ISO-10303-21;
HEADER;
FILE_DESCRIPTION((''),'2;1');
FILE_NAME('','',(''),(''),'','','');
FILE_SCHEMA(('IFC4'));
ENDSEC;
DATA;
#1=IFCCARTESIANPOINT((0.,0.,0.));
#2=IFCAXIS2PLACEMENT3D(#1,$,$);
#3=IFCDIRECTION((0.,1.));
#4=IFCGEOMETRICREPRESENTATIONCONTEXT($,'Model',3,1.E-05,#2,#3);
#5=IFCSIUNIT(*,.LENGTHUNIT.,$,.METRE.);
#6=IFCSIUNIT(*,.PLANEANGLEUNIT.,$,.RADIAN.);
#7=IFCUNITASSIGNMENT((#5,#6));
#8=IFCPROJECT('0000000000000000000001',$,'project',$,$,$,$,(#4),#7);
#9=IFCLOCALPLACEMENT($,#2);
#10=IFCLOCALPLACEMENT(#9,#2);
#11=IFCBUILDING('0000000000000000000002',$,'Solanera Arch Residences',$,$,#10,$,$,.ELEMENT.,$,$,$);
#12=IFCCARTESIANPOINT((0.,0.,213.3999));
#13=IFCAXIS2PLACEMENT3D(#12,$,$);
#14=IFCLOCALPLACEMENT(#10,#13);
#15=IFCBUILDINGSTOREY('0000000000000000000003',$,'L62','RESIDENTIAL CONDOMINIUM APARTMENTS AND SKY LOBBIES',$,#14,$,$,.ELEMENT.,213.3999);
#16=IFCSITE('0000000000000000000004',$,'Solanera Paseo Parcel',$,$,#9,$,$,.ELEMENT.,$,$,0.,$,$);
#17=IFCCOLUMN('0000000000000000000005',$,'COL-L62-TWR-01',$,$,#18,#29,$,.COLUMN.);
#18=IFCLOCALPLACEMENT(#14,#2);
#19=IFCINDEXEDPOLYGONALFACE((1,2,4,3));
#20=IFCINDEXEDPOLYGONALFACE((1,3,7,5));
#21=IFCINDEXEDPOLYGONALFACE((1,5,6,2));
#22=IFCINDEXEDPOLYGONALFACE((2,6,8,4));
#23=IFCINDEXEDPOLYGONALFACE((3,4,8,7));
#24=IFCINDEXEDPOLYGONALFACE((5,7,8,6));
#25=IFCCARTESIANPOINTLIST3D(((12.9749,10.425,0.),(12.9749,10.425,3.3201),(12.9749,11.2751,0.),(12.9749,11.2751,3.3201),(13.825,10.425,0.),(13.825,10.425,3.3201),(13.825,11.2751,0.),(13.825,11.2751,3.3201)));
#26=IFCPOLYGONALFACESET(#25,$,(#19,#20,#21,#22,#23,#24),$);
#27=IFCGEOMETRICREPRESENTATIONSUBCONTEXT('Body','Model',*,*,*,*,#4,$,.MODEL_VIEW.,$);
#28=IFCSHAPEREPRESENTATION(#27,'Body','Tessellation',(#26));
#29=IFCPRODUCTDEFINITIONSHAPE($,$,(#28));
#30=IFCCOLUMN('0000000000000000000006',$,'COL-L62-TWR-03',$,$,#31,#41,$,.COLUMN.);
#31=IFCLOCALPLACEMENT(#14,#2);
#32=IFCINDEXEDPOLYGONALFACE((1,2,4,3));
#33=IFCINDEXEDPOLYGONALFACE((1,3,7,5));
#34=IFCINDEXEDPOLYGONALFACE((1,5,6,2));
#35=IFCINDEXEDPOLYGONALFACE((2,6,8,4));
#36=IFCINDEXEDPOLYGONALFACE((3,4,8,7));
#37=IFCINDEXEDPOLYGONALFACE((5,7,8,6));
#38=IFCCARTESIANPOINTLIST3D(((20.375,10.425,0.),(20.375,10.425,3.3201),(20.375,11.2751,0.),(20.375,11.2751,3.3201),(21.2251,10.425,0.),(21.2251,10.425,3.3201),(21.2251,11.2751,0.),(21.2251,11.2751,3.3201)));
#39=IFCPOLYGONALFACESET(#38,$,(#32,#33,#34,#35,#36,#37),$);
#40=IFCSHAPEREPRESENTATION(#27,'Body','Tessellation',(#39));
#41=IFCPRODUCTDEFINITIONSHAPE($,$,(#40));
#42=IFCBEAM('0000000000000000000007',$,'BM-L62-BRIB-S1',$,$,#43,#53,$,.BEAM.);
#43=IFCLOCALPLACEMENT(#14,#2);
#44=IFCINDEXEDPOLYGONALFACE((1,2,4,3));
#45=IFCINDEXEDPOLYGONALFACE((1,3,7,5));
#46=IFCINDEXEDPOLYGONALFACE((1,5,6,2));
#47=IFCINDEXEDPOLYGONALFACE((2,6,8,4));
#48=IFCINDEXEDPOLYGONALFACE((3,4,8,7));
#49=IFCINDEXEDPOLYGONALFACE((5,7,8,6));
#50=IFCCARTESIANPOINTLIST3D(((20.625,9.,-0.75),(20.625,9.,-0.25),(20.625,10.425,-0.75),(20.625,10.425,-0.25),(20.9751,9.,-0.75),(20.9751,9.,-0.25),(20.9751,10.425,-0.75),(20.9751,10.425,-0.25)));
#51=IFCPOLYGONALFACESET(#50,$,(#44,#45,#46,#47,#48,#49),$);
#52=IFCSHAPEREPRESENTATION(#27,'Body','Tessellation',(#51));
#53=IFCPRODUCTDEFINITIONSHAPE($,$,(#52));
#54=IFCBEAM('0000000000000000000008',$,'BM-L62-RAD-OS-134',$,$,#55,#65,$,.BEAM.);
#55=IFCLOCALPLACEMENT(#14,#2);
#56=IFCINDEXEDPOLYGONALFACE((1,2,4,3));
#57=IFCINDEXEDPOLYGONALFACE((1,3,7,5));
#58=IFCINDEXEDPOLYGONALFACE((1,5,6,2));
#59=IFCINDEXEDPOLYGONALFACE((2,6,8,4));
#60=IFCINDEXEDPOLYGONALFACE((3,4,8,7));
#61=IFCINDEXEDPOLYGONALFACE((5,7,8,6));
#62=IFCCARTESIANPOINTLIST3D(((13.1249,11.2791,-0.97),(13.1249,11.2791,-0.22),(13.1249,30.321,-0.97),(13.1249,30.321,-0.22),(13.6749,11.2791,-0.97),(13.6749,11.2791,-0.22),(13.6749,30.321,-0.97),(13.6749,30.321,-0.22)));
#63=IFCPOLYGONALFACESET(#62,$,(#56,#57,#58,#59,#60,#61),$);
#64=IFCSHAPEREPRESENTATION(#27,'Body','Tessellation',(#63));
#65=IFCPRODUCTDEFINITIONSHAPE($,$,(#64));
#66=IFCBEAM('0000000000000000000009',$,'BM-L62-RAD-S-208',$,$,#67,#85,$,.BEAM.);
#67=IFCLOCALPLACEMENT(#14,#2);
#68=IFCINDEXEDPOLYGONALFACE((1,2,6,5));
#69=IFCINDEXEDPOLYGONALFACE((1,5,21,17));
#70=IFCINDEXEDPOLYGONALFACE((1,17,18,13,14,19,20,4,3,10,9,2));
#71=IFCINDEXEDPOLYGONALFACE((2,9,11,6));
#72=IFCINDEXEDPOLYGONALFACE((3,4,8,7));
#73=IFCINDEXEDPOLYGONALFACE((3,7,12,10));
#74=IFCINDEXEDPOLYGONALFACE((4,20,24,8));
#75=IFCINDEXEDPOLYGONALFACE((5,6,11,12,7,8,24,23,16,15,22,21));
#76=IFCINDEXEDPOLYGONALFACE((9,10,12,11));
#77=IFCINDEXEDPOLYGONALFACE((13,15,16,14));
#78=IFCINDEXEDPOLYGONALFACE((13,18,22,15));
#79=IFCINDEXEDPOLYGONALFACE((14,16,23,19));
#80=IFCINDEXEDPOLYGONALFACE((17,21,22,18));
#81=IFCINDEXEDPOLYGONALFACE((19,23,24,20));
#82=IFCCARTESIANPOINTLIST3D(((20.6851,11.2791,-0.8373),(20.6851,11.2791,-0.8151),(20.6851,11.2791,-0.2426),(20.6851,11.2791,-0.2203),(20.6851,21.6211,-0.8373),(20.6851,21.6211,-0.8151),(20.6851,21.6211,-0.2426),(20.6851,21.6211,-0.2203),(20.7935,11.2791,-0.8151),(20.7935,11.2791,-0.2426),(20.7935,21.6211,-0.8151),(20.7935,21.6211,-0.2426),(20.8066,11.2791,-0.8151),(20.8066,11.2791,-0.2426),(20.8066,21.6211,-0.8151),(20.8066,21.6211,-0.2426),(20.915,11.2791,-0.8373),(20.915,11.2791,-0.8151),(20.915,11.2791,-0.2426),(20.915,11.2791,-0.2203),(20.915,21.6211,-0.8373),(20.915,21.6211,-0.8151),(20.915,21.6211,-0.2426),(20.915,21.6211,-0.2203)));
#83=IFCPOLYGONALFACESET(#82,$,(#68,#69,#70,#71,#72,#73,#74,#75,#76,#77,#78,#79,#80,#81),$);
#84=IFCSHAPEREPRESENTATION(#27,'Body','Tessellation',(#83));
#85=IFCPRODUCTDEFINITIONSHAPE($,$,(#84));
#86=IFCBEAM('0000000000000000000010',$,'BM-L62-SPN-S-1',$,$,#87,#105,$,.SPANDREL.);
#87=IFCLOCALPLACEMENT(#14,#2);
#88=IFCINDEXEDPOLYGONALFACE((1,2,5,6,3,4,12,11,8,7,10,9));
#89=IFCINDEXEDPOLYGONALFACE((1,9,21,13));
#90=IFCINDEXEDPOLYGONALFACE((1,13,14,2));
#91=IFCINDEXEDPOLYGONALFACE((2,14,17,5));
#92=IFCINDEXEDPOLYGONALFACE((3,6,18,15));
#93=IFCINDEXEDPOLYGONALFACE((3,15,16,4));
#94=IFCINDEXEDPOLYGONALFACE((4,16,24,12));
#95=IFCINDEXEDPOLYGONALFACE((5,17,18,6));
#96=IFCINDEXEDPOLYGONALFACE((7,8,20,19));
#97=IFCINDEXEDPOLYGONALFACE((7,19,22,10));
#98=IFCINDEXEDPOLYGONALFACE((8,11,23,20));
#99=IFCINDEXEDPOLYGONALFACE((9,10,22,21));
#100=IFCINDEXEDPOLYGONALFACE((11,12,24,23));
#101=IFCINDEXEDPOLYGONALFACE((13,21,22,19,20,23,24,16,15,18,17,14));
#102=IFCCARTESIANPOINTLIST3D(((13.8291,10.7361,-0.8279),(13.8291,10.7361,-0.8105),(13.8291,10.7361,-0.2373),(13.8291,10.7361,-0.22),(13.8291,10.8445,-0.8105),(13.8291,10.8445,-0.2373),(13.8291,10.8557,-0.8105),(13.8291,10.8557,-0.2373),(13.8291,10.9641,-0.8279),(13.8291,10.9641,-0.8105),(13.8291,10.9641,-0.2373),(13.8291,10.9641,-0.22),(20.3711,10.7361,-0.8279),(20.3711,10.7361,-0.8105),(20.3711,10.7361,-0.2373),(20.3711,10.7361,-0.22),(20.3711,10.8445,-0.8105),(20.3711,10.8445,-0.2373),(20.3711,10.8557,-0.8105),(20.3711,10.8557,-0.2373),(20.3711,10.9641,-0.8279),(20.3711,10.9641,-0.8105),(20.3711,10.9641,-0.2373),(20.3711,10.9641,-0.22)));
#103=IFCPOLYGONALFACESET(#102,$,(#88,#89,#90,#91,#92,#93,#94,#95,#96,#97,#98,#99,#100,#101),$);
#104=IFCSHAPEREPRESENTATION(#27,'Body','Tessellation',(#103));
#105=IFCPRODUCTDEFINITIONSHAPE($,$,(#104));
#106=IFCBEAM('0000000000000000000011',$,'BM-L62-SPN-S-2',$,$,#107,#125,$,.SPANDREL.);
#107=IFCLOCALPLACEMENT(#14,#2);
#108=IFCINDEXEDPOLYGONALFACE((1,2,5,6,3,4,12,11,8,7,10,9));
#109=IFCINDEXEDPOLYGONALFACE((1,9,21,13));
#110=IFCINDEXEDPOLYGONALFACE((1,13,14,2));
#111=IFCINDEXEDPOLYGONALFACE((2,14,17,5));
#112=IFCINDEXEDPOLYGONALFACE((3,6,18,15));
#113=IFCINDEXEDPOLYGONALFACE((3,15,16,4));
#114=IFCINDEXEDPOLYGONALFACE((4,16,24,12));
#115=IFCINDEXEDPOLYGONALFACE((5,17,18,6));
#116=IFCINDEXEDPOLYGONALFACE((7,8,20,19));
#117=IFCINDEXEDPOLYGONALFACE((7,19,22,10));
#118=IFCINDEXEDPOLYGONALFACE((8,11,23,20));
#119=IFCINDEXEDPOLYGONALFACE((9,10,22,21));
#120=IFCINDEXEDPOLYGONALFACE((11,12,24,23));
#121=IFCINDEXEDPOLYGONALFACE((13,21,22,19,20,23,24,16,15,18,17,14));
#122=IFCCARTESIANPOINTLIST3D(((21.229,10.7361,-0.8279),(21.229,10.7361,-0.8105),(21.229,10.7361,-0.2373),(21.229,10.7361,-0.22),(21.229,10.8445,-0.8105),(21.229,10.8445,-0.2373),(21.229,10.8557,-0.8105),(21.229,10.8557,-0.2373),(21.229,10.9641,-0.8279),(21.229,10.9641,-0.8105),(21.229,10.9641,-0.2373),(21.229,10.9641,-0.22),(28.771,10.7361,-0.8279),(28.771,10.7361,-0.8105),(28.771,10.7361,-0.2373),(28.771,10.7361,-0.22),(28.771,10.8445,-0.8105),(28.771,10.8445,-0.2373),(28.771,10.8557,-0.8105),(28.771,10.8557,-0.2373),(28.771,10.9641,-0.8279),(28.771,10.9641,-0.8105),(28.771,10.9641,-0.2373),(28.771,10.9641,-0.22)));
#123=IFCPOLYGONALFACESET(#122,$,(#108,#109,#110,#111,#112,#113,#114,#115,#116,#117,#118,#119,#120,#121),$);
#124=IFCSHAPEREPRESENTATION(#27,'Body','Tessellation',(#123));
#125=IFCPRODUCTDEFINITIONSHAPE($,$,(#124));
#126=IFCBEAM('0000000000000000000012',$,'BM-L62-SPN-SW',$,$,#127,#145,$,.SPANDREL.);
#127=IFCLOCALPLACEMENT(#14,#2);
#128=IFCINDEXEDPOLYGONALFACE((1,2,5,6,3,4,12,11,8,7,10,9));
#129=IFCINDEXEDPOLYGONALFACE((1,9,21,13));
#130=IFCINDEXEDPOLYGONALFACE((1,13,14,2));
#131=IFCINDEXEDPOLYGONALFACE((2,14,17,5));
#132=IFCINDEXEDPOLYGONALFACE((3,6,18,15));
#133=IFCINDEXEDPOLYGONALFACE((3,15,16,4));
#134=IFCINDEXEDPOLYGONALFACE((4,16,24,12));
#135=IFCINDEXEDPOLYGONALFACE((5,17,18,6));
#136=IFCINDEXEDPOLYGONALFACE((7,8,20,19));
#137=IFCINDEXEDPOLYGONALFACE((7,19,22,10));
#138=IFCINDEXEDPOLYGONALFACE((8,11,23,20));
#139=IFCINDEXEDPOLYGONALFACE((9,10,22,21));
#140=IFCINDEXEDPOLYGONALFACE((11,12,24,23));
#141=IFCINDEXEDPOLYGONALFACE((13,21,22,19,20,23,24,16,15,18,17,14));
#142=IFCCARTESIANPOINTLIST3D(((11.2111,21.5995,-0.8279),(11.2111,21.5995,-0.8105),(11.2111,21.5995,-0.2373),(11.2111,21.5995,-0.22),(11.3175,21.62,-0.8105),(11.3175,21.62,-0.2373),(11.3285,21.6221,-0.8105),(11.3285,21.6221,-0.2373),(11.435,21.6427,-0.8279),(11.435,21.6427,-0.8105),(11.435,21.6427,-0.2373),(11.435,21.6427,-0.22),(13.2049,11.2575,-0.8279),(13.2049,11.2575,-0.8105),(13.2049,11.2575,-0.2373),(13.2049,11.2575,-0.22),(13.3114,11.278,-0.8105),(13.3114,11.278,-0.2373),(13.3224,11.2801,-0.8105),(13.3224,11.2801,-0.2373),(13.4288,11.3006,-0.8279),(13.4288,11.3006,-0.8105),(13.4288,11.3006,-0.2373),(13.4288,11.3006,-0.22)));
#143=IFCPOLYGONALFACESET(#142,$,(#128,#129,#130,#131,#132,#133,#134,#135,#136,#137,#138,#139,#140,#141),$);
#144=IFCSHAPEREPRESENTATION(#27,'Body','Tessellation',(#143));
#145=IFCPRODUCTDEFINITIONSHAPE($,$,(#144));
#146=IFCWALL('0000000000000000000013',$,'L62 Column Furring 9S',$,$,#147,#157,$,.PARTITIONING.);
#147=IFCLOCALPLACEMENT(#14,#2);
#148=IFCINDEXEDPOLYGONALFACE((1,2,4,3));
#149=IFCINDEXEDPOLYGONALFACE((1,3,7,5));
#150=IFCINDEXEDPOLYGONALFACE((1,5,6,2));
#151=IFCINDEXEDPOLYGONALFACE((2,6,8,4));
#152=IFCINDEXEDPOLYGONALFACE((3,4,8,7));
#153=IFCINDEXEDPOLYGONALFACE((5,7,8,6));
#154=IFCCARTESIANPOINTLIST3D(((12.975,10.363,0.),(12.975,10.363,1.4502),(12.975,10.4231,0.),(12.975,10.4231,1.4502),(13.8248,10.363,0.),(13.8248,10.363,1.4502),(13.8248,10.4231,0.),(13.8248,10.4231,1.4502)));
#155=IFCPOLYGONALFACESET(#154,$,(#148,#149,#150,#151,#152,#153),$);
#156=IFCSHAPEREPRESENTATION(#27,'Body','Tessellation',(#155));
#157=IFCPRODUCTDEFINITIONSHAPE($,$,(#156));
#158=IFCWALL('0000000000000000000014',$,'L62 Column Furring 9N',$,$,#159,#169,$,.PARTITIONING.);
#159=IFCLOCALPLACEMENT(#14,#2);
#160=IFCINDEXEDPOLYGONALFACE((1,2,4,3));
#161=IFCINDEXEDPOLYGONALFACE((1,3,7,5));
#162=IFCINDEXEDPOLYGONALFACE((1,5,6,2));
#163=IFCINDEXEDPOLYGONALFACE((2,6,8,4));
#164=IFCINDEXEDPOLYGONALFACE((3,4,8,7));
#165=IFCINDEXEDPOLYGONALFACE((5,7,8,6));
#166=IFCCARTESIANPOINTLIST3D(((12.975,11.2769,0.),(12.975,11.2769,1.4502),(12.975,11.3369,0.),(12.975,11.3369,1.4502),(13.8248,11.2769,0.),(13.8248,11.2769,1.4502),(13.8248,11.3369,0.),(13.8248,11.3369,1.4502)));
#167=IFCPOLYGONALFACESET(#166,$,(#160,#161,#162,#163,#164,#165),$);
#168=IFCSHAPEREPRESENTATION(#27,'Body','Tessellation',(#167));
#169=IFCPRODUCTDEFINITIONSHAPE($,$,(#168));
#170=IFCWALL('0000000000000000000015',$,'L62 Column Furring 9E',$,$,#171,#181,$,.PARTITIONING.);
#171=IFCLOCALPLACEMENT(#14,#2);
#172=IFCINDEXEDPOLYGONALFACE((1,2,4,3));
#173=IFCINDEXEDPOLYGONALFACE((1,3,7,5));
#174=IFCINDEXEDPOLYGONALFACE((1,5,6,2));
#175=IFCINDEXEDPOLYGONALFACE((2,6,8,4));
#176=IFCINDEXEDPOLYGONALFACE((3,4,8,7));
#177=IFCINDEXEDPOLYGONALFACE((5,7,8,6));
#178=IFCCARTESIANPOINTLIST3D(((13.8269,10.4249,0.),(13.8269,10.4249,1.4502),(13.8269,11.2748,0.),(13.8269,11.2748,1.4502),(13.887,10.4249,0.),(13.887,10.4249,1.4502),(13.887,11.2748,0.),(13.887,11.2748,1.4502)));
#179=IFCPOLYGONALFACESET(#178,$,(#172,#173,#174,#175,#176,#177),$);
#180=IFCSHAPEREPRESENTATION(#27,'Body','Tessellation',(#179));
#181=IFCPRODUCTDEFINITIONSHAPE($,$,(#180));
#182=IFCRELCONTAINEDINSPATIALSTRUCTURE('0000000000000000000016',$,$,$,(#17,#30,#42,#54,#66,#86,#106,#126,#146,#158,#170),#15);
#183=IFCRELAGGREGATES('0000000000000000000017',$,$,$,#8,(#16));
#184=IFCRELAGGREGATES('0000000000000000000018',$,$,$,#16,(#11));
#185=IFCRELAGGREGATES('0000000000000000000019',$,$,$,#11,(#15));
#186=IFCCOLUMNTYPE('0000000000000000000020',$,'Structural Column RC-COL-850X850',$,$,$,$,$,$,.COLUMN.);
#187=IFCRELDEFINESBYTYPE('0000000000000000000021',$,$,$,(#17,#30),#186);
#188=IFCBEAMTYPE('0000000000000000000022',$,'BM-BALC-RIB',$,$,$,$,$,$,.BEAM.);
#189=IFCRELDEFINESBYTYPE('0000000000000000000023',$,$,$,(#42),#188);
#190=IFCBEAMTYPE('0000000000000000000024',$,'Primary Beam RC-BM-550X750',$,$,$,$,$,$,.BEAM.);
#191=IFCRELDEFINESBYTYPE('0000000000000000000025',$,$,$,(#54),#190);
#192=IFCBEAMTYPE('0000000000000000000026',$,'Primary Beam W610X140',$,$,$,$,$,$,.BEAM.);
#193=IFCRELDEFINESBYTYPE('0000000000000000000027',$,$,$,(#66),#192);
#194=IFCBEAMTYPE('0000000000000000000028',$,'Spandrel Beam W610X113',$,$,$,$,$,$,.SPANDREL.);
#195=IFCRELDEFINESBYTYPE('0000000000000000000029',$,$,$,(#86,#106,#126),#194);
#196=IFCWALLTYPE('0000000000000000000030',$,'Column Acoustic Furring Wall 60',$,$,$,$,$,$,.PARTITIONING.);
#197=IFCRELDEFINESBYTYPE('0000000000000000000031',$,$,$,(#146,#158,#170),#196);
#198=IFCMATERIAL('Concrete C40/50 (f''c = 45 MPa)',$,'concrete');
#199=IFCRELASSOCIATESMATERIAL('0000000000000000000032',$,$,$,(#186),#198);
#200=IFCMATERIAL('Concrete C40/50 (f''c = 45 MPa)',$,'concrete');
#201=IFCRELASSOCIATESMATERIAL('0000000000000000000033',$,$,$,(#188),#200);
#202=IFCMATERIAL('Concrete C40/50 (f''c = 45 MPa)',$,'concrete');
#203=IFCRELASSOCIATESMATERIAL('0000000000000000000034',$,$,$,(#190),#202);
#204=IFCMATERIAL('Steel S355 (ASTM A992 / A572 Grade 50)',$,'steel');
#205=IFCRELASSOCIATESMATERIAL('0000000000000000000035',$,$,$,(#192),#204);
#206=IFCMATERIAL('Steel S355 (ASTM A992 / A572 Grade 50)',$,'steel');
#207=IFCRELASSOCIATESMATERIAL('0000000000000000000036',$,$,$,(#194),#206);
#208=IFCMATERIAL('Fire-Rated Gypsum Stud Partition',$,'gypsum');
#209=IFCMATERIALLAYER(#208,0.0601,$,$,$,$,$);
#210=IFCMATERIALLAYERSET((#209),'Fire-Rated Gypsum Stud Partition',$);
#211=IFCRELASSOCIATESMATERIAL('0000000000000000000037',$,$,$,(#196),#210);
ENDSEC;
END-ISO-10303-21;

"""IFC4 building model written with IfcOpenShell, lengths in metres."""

from ifc_helpers import new_model, si_unit, direction, frame, frame_2d, origin, origin_2d, place, context, subcontext, project, spatial, rectangle, i_section, extrude, material, layer, layer_set, material_profile, profile_set, type_object, element, save


model = new_model("IFC4")

# Units and contexts
model_context = context("Model", 3, precision=1e-05, world=origin(), true_north=direction((0.0, 1.0)))
body_context = subcontext(model_context, "Body", "Model", "MODEL_VIEW")
ifc_project = project(units=[si_unit("LENGTHUNIT", "METRE"), si_unit("PLANEANGLEUNIT", "RADIAN")], contexts=[model_context])

# Site, building, storey
site_placement = place(None, origin())
site = spatial("IfcSite", under=ifc_project, at=site_placement, Name="Solanera Paseo Parcel", CompositionType="ELEMENT", RefElevation=0.0)
building_placement = place(site_placement, origin())
building = spatial("IfcBuilding", under=site, at=building_placement, Name="Solanera Arch Residences", CompositionType="ELEMENT")
storey_placement = place(building_placement, frame((0.0, 0.0, 213.3999)))
storey = spatial("IfcBuildingStorey", under=building, at=storey_placement, Name="L62", Description="RESIDENTIAL CONDOMINIUM APARTMENTS AND SKY LOBBIES", CompositionType="ELEMENT", Elevation=213.3999)

# Columns
ifc_material_1 = material(Name="Concrete C40/50 (f'c = 45 MPa)", Category="concrete")
ifc_material_profile_1 = material_profile(ifc_material_1, rectangle(XDim=0.8501, YDim=0.8501, at=origin_2d()))
ifc_profile_set_1 = profile_set([ifc_material_profile_1], Name="Concrete C40/50 (f'c = 45 MPa)")
column_type = type_object("IfcColumnType", Name="Structural Column RC-COL-850X850", PredefinedType="COLUMN", material=ifc_profile_set_1)
for number, where, z_axis, x_axis, name in (
    (1, (13.3999, 10.8501, 0.0), (0.0, 0.0, 1.0), (1.0, 0.0, 0.0), "COL-L62-TWR-01"),
    (2, (20.8, 10.8501, 0.0), (0.0, 0.0, 1.0), (1.0, 0.0, 0.0), "COL-L62-TWR-03"),
):
    element("IfcColumn", number, at=place(storey_placement, frame(where, z_axis=z_axis, x_axis=x_axis)), inside=storey, type_object=column_type, Name=name, PredefinedType="COLUMN", context=body_context, shape_type="SweptSolid", body=[
        extrude(rectangle(XDim=0.8501, YDim=0.8501, at=origin_2d()), origin(), (0.0, 0.0, 1.0), 3.3201),
    ])

# Beams
ifc_material_2 = material(Name="Concrete C40/50 (f'c = 45 MPa)", Category="concrete")
ifc_material_profile_2 = material_profile(ifc_material_2, rectangle(XDim=0.3501, YDim=0.5, at=origin_2d()))
ifc_profile_set_2 = profile_set([ifc_material_profile_2], Name="Concrete C40/50 (f'c = 45 MPa)")
beam_type_1 = type_object("IfcBeamType", Name="BM-BALC-RIB", PredefinedType="BEAM", material=ifc_profile_set_2)
beam_1_placement = place(storey_placement, frame((20.8, 9.0, -0.5), z_axis=(0.0, 1.0, 0.0), x_axis=(-1.0, 0.0, 0.0)))
element("IfcBeam", 3, at=beam_1_placement, inside=storey, type_object=beam_type_1, Name="BM-L62-BRIB-S1", PredefinedType="BEAM", context=body_context, shape_type="SweptSolid", body=[
    extrude(rectangle(XDim=0.3501, YDim=0.5, at=origin_2d()), origin(), (0.0, 0.0, 1.0), 1.425),
])
ifc_material_3 = material(Name="Concrete C40/50 (f'c = 45 MPa)", Category="concrete")
ifc_material_profile_3 = material_profile(ifc_material_3, rectangle(XDim=0.55, YDim=0.75, at=origin_2d()))
ifc_profile_set_3 = profile_set([ifc_material_profile_3], Name="Concrete C40/50 (f'c = 45 MPa)")
beam_type_2 = type_object("IfcBeamType", Name="Primary Beam RC-BM-550X750", PredefinedType="BEAM", material=ifc_profile_set_3)
beam_2_placement = place(storey_placement, frame((13.3999, 11.2791, -0.595), z_axis=(0.0, 1.0, 0.0), x_axis=(-1.0, 0.0, 0.0)))
element("IfcBeam", 4, at=beam_2_placement, inside=storey, type_object=beam_type_2, Name="BM-L62-RAD-OS-134", PredefinedType="BEAM", context=body_context, shape_type="SweptSolid", body=[
    extrude(rectangle(XDim=0.55, YDim=0.75, at=origin_2d()), origin(), (0.0, 0.0, 1.0), 19.042),
])
ifc_material_4 = material(Name="Steel S355 (ASTM A992 / A572 Grade 50)", Category="steel")
ifc_material_profile_4 = material_profile(ifc_material_4, i_section(OverallWidth=0.23, OverallDepth=0.6169, WebThickness=0.0132, FlangeThickness=0.0222, at=origin_2d()))
ifc_profile_set_4 = profile_set([ifc_material_profile_4], Name="Steel S355 (ASTM A992 / A572 Grade 50)")
beam_type_3 = type_object("IfcBeamType", Name="Primary Beam W610X140", PredefinedType="BEAM", material=ifc_profile_set_4)
beam_3_placement = place(storey_placement, frame((20.8, 11.2791, -0.5288), z_axis=(0.0, 1.0, 0.0), x_axis=(-1.0, 0.0, 0.0)))
element("IfcBeam", 5, at=beam_3_placement, inside=storey, type_object=beam_type_3, Name="BM-L62-RAD-S-208", PredefinedType="BEAM", context=body_context, shape_type="SweptSolid", body=[
    extrude(i_section(OverallWidth=0.23, OverallDepth=0.6169, WebThickness=0.0132, FlangeThickness=0.0222, at=origin_2d()), origin(), (0.0, 0.0, 1.0), 10.342),
])
ifc_material_5 = material(Name="Steel S355 (ASTM A992 / A572 Grade 50)", Category="steel")
ifc_material_profile_5 = material_profile(ifc_material_5, i_section(OverallWidth=0.228, OverallDepth=0.6079, WebThickness=0.0112, FlangeThickness=0.0173, at=origin_2d()))
ifc_profile_set_5 = profile_set([ifc_material_profile_5], Name="Steel S355 (ASTM A992 / A572 Grade 50)")
beam_type_4 = type_object("IfcBeamType", Name="Spandrel Beam W610X113", PredefinedType="SPANDREL", material=ifc_profile_set_5)
beam_4_placement = place(storey_placement, frame((13.8291, 10.8501, -0.5239), z_axis=(1.0, 0.0, 0.0), x_axis=(0.0, 1.0, 0.0)))
element("IfcBeam", 6, at=beam_4_placement, inside=storey, type_object=beam_type_4, Name="BM-L62-SPN-S-1", PredefinedType="SPANDREL", context=body_context, shape_type="SweptSolid", body=[
    extrude(i_section(OverallWidth=0.228, OverallDepth=0.6079, WebThickness=0.0112, FlangeThickness=0.0173, at=origin_2d()), origin(), (0.0, 0.0, 1.0), 6.542),
])
beam_5_placement = place(storey_placement, frame((21.229, 10.8501, -0.5239), z_axis=(1.0, 0.0, 0.0), x_axis=(0.0, 1.0, 0.0)))
element("IfcBeam", 7, at=beam_5_placement, inside=storey, type_object=beam_type_4, Name="BM-L62-SPN-S-2", PredefinedType="SPANDREL", context=body_context, shape_type="SweptSolid", body=[
    extrude(i_section(OverallWidth=0.228, OverallDepth=0.6079, WebThickness=0.0112, FlangeThickness=0.0173, at=origin_2d()), origin(), (0.0, 0.0, 1.0), 7.542),
])
beam_6_placement = place(storey_placement, frame((13.3169, 11.2791, -0.5239), z_axis=(-0.189309, 0.981918, 0.0), x_axis=(-0.981918, -0.189309, 0.0)))
element("IfcBeam", 8, at=beam_6_placement, inside=storey, type_object=beam_type_4, Name="BM-L62-SPN-SW", PredefinedType="SPANDREL", context=body_context, shape_type="SweptSolid", body=[
    extrude(i_section(OverallWidth=0.228, OverallDepth=0.6079, WebThickness=0.0112, FlangeThickness=0.0173, at=origin_2d()), origin(), (0.0, 0.0, 1.0), 10.5325),
])

# Walls
ifc_material_6 = material(Name="Fire-Rated Gypsum Stud Partition", Category="gypsum")
ifc_layer_1 = layer(ifc_material_6, 0.0601)
ifc_layer_set_1 = layer_set([ifc_layer_1], Name="Fire-Rated Gypsum Stud Partition")
wall_type_1 = type_object("IfcWallType", Name="Column Acoustic Furring Wall 60", PredefinedType="PARTITIONING", material=ifc_layer_set_1)
for number, where, z_axis, x_axis, name in (
    (9, (12.9751, 10.3931, 0.0), (0.0, 0.0, 1.0), (1.0, 0.0, 0.0), "L62 Column Furring 9S"),
    (10, (12.9751, 11.3069, 0.0), (0.0, 0.0, 1.0), (1.0, 0.0, 0.0), "L62 Column Furring 9N"),
    (11, (13.8569, 10.425, 0.0), (0.0, 0.0, 1.0), (0.0, 1.0, 0.0), "L62 Column Furring 9E"),
):
    element("IfcWall", number, at=place(storey_placement, frame(where, z_axis=z_axis, x_axis=x_axis)), inside=storey, type_object=wall_type_1, Name=name, PredefinedType="PARTITIONING", context=body_context, shape_type="SweptSolid", body=[
        extrude(rectangle(XDim=0.8499, YDim=0.0601, at=frame_2d((0.4248, 0.0))), origin(), (0.0, 0.0, 1.0), 1.4502),
    ])

save(model, "model.ifc")
